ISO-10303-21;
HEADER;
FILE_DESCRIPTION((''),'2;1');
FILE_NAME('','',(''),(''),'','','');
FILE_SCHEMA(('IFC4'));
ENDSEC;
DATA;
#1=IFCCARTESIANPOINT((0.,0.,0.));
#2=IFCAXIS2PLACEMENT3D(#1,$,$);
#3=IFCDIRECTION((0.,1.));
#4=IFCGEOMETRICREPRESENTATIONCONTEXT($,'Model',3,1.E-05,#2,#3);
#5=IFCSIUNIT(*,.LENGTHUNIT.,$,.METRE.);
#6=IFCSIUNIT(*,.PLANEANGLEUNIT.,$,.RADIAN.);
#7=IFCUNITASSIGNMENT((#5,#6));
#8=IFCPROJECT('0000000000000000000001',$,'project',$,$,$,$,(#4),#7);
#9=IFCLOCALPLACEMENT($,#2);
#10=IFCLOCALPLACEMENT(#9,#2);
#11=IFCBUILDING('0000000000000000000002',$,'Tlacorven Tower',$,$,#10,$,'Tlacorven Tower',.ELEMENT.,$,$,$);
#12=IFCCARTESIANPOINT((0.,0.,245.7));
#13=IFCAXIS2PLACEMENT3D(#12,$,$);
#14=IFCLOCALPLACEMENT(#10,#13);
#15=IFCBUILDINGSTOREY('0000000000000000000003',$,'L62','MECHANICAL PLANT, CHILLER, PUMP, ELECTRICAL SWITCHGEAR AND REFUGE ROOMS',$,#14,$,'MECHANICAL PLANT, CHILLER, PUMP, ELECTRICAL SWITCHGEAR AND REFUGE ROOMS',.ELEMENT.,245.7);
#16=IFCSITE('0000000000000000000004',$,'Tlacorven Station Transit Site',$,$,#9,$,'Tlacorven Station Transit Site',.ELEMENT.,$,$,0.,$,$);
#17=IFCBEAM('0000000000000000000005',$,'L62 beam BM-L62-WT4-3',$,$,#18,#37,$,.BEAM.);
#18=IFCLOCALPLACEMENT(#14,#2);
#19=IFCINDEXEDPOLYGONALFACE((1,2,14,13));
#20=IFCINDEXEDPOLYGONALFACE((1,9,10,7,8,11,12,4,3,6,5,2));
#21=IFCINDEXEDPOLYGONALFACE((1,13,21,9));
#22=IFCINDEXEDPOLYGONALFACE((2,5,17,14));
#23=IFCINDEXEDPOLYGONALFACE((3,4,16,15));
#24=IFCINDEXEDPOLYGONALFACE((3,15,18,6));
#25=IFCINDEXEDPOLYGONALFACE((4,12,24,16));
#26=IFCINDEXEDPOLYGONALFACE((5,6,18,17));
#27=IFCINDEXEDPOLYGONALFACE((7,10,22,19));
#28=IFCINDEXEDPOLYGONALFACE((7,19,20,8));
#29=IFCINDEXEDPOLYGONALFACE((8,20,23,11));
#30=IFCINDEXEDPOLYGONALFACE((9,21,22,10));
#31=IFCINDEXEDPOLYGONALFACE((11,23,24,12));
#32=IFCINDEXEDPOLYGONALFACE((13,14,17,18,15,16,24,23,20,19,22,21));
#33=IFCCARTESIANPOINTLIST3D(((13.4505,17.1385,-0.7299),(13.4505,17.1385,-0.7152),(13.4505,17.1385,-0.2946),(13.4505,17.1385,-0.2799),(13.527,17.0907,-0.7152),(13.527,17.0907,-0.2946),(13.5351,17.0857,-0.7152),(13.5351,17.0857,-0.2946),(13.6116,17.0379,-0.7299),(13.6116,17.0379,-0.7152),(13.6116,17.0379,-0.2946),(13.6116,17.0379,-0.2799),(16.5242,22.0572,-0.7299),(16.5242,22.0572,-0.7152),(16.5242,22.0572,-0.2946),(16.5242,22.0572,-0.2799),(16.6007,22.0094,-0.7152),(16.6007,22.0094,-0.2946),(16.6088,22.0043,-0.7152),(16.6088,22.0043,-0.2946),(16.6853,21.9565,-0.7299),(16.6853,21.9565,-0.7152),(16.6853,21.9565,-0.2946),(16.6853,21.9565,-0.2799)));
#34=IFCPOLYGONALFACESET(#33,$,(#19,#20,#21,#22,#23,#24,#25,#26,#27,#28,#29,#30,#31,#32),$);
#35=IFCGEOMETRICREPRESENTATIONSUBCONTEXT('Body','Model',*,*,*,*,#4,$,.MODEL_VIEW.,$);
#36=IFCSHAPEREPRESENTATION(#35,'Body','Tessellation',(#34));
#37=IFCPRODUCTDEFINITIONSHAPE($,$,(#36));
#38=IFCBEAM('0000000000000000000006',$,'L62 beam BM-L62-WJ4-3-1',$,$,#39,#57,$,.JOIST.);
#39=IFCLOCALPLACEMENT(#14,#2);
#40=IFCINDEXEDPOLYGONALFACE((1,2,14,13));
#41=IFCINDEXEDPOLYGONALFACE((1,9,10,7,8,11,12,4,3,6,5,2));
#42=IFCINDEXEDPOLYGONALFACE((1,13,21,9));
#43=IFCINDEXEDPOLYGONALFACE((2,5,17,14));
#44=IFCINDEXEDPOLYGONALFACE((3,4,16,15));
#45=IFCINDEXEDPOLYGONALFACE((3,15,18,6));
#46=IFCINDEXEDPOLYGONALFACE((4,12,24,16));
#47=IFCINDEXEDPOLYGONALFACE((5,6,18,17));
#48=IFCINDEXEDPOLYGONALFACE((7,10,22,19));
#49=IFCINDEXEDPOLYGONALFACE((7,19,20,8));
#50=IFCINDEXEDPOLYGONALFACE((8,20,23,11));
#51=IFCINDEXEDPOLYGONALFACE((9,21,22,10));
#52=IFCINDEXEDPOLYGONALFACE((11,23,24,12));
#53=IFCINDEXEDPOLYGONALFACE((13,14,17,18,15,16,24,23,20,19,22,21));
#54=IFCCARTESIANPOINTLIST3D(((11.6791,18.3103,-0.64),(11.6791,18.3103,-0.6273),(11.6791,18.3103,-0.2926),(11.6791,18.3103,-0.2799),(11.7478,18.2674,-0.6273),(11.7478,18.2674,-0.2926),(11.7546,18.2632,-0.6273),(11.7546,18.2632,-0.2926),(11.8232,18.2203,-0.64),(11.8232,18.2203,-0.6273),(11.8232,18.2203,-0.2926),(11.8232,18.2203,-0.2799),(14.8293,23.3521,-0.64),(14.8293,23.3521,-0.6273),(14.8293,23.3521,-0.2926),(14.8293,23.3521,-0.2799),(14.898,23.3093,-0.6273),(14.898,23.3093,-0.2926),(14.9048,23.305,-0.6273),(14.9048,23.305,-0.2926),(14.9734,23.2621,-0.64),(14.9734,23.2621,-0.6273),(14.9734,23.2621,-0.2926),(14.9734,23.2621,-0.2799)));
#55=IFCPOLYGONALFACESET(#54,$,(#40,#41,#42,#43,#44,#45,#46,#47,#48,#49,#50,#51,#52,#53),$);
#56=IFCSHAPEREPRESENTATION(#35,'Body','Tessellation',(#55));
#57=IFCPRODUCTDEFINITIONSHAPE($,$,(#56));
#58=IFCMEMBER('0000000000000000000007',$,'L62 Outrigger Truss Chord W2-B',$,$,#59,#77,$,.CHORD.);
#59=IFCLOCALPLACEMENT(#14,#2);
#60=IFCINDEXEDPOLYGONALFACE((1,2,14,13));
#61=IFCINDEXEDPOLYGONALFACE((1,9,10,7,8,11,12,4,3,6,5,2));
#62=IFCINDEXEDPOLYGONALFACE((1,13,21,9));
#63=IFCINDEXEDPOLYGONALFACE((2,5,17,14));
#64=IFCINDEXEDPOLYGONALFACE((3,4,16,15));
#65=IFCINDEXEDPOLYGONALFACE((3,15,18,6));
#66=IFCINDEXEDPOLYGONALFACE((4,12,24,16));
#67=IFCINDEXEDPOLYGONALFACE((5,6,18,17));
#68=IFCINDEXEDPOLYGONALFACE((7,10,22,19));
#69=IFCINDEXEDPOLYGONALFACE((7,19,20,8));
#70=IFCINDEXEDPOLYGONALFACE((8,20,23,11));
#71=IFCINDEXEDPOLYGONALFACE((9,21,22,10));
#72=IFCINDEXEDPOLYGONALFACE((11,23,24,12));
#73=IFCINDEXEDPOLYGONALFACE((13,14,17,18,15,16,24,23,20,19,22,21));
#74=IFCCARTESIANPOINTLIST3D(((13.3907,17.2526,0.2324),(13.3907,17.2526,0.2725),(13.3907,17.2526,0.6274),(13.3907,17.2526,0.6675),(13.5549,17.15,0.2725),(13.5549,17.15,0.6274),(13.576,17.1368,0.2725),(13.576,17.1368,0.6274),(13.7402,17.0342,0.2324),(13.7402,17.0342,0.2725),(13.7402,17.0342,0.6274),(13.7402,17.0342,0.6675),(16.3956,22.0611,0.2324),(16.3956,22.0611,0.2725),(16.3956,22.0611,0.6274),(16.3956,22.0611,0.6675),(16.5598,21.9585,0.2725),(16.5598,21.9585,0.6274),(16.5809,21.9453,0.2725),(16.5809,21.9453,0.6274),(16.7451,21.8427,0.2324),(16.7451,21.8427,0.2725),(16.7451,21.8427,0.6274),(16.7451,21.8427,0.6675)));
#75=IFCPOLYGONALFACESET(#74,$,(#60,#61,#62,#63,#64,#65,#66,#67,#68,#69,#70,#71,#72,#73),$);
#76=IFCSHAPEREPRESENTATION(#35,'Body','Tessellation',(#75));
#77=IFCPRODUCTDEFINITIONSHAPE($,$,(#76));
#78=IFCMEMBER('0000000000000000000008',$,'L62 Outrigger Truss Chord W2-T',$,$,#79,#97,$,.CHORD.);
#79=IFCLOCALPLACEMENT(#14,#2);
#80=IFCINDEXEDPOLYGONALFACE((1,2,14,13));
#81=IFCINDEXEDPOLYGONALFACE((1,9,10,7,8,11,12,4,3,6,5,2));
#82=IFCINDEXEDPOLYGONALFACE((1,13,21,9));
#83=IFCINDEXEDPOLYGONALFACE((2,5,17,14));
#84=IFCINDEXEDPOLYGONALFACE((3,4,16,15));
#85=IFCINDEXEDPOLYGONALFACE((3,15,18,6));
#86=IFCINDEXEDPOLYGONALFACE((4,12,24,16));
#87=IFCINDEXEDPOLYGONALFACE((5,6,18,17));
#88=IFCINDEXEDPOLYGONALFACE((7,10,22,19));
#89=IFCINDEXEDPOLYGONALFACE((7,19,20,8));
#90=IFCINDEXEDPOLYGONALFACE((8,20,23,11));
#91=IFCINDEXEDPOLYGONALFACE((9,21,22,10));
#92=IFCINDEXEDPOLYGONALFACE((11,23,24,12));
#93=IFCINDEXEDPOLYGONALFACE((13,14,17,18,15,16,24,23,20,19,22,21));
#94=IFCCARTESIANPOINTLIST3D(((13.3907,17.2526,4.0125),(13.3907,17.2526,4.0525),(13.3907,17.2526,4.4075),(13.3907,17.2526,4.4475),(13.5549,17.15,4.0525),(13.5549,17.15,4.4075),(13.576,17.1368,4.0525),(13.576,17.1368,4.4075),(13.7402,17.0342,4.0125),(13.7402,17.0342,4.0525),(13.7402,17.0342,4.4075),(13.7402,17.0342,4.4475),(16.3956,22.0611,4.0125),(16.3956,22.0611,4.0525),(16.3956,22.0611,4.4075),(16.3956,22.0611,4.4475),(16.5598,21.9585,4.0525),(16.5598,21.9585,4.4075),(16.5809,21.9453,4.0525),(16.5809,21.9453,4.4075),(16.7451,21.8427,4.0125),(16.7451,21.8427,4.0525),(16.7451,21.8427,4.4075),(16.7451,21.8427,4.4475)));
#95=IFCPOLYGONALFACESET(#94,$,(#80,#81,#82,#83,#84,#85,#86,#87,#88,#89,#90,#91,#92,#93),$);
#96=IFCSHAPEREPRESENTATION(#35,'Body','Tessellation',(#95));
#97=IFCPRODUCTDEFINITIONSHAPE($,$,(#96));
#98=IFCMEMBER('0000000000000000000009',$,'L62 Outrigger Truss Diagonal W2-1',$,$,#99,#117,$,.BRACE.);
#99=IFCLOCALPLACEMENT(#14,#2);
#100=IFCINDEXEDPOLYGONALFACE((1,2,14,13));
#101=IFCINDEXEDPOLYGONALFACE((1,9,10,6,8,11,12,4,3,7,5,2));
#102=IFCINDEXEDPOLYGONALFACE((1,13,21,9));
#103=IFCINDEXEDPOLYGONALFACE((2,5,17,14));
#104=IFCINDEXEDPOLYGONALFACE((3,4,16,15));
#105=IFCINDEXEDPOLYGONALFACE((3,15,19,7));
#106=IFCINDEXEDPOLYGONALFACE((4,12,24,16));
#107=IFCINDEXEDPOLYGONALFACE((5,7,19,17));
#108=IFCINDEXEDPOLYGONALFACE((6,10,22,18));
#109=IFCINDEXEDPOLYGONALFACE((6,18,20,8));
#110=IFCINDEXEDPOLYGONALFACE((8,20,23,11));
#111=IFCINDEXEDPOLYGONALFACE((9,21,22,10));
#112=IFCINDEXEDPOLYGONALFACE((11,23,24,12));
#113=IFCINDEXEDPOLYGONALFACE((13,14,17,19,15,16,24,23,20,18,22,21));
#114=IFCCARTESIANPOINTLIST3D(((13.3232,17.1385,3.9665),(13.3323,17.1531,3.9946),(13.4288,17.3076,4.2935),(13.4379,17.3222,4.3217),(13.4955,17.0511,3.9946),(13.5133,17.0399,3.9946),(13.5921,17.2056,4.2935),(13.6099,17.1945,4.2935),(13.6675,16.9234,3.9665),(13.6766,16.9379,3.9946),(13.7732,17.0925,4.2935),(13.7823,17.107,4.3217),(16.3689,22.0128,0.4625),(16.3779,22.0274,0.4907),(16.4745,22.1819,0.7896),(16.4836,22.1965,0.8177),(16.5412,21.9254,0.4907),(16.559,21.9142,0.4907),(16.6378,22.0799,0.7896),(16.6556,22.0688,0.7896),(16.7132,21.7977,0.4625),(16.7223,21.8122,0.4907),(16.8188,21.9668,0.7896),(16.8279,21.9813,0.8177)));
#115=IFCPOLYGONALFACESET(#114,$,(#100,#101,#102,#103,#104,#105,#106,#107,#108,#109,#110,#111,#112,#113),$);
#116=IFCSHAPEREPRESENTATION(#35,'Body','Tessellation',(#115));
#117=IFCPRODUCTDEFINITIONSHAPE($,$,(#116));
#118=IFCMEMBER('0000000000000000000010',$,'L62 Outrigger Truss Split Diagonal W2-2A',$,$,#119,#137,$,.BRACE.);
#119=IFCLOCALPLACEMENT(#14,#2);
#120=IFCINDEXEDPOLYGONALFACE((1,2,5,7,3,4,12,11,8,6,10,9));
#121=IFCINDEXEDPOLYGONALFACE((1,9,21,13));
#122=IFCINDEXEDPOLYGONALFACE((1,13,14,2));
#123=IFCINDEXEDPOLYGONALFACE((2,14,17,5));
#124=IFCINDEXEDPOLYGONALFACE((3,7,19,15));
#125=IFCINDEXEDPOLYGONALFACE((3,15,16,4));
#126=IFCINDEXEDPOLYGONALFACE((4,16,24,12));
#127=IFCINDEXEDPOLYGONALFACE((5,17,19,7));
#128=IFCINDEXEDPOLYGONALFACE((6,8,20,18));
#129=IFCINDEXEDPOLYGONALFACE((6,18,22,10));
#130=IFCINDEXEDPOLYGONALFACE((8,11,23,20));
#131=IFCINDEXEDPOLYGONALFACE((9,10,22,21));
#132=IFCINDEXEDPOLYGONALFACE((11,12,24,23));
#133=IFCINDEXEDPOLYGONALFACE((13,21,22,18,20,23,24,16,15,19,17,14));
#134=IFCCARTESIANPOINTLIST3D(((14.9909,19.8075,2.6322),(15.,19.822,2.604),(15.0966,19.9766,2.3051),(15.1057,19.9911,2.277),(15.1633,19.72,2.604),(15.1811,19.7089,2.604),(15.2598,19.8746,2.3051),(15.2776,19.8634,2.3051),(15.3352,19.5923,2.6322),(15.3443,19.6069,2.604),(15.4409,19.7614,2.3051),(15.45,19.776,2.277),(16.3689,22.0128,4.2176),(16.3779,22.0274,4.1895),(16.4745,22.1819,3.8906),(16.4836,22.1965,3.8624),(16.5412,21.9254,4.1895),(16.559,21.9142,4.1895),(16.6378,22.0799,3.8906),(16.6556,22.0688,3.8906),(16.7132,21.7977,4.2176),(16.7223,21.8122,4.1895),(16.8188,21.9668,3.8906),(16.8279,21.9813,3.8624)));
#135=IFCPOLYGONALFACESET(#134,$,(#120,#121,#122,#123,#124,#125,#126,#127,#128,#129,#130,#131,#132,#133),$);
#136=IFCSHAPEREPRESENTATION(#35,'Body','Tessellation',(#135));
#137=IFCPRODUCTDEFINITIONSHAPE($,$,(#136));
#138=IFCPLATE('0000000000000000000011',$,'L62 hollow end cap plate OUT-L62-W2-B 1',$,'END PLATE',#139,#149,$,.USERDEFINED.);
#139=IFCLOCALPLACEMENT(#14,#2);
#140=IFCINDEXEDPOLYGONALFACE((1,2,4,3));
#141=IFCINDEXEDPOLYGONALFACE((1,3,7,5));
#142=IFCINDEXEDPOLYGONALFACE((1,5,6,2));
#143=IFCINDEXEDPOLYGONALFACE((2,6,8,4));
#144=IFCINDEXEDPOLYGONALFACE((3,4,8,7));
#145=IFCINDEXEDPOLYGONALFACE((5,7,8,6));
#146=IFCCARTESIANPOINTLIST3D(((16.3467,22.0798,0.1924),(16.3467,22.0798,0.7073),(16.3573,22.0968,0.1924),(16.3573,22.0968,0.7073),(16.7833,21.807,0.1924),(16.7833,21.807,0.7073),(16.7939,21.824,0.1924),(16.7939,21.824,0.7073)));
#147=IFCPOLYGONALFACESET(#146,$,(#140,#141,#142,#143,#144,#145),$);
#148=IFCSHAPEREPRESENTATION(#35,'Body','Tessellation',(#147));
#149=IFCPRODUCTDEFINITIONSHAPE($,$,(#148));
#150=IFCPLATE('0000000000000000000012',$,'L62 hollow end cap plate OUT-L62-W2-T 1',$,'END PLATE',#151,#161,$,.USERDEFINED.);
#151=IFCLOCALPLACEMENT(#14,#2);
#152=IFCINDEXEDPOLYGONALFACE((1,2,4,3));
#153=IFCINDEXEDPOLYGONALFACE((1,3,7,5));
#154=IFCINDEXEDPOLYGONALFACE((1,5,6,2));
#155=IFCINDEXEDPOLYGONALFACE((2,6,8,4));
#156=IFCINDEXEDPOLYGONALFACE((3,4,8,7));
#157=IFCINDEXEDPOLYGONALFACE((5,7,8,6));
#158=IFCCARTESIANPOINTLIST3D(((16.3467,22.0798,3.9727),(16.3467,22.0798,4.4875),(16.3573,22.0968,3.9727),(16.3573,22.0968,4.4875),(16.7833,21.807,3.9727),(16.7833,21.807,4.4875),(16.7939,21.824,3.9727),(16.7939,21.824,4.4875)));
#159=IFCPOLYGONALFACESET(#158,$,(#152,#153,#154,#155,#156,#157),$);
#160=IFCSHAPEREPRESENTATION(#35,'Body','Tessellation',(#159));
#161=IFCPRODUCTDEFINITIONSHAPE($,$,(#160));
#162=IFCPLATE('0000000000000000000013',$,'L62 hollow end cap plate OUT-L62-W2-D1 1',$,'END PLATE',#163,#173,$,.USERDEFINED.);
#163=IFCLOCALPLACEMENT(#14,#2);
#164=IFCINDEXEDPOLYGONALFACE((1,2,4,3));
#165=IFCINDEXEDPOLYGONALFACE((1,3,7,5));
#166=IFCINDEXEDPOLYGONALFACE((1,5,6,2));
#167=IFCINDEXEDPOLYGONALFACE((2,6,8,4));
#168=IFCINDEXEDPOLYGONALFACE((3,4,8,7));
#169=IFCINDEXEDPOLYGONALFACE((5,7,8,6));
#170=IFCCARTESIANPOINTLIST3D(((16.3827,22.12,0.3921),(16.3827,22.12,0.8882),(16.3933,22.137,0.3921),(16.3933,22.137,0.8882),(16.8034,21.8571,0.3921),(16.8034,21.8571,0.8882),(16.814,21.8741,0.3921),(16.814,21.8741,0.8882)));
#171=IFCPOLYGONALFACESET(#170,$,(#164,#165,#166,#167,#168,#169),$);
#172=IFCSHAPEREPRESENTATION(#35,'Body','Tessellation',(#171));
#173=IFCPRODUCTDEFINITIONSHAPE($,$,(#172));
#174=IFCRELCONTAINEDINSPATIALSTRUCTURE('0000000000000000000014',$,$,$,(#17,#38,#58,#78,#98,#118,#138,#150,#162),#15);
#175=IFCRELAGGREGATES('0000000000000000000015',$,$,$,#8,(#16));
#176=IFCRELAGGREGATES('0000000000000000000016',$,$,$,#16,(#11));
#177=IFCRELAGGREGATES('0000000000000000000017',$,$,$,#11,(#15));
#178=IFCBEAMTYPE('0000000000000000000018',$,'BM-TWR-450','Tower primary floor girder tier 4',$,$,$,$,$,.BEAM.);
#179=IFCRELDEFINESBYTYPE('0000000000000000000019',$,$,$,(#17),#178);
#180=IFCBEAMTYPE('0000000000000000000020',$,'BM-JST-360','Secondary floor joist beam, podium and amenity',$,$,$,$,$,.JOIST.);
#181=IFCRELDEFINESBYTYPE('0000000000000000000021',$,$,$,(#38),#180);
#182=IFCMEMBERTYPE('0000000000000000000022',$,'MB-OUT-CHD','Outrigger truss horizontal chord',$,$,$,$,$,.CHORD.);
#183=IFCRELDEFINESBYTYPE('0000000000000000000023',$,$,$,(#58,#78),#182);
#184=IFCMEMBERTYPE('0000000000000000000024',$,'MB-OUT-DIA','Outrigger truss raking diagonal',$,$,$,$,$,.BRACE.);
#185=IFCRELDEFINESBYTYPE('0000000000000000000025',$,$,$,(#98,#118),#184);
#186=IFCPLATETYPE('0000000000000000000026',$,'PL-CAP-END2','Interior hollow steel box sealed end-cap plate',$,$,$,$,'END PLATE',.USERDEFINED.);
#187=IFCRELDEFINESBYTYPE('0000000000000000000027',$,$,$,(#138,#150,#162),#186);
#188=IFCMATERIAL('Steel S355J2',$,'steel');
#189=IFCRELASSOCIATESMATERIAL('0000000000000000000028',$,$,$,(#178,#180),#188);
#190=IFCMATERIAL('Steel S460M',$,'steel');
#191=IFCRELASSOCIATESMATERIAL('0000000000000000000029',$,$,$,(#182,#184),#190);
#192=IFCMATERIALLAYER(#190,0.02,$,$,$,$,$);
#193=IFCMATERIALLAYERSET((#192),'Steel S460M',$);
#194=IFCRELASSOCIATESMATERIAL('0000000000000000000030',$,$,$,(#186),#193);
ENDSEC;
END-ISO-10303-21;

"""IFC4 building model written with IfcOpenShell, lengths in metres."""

from ifc_helpers import new_model, si_unit, direction, frame, origin, origin_2d, place, context, subcontext, project, spatial, rectangle, i_section, extrude, source, transform, mapped, material, layer, layer_set, material_profile, profile_set, type_object, element, save


model = new_model("IFC4")

# Units and contexts
model_context = context("Model", 3, precision=1e-05, world=origin(), true_north=direction((0.0, 1.0)))
body_context = subcontext(model_context, "Body", "Model", "MODEL_VIEW")
ifc_project = project(units=[si_unit("LENGTHUNIT", "METRE"), si_unit("PLANEANGLEUNIT", "RADIAN")], contexts=[model_context])

# Site, building, storey
site_placement = place(None, origin())
site = spatial("IfcSite", under=ifc_project, at=site_placement, Name="Tlacorven Station Transit Site", LongName="Tlacorven Station Transit Site", CompositionType="ELEMENT", RefElevation=0.0)
building_placement = place(site_placement, origin())
building = spatial("IfcBuilding", under=site, at=building_placement, Name="Tlacorven Tower", LongName="Tlacorven Tower", CompositionType="ELEMENT")
storey_placement = place(building_placement, frame((0.0, 0.0, 245.7)))
storey = spatial("IfcBuildingStorey", under=building, at=storey_placement, Name="L62", Description="MECHANICAL PLANT, CHILLER, PUMP, ELECTRICAL SWITCHGEAR AND REFUGE ROOMS", LongName="MECHANICAL PLANT, CHILLER, PUMP, ELECTRICAL SWITCHGEAR AND REFUGE ROOMS", CompositionType="ELEMENT", Elevation=245.7)

# Shared definitions
ifc_material_1 = material(Name="Steel S355J2", Category="steel")

# Shared definitions
ifc_material_2 = material(Name="Steel S460M", Category="steel")

# Beams
ifc_material_profile_1 = material_profile(ifc_material_1, i_section(OverallWidth=0.1899, OverallDepth=0.45, WebThickness=0.0095, FlangeThickness=0.0146, at=origin_2d()), Name="IPE 450")
ifc_profile_set_1 = profile_set([ifc_material_profile_1], Name="Steel S355J2")
beam_type_1 = type_object("IfcBeamType", Name="BM-TWR-450", Description="Tower primary floor girder tier 4", PredefinedType="BEAM", material=ifc_profile_set_1)
shared_shape_1 = source(origin(), body_context, "Body", "SweptSolid", [
    extrude(i_section(OverallWidth=0.1899, OverallDepth=0.45, WebThickness=0.0095, FlangeThickness=0.0146, at=origin_2d()), origin(), (0.0, 0.0, 1.0), 5.8),
])
for number, where, z_axis, x_axis, name in (
    (1, (16.6047, 22.0068, -0.5049), (-0.529942, -0.848034, 0.0), (0.848034, -0.529942, 0.0), "L62 beam BM-L62-WT4-3"),
):
    element("IfcBeam", number, at=place(storey_placement, frame(where, z_axis=z_axis, x_axis=x_axis)), inside=storey, type_object=beam_type_1, Name=name, PredefinedType="BEAM", context=body_context, shape_type="MappedRepresentation", body=[
        mapped(shared_shape_1, transform((0.0, 0.0, 0.0), scale=1.0)),
    ])
ifc_material_profile_2 = material_profile(ifc_material_1, i_section(OverallWidth=0.1699, OverallDepth=0.3601, WebThickness=0.0081, FlangeThickness=0.0127, at=origin_2d()), Name="IPE 360")
ifc_profile_set_2 = profile_set([ifc_material_profile_2], Name="Steel S355J2")
beam_type_2 = type_object("IfcBeamType", Name="BM-JST-360", Description="Secondary floor joist beam, podium and amenity", PredefinedType="JOIST", material=ifc_profile_set_2)
shared_shape_2 = source(origin(), body_context, "Body", "SweptSolid", [
    extrude(i_section(OverallWidth=0.1699, OverallDepth=0.3601, WebThickness=0.0081, FlangeThickness=0.0127, at=origin_2d()), origin(), (0.0, 0.0, 1.0), 5.9451),
])
beam_1_placement = place(storey_placement, frame((14.9014, 23.3071, -0.46), z_axis=(-0.529885, -0.84807, 0.0), x_axis=(0.84807, -0.529885, 0.0)))
element("IfcBeam", 2, at=beam_1_placement, inside=storey, type_object=beam_type_2, Name="L62 beam BM-L62-WJ4-3-1", PredefinedType="JOIST", context=body_context, shape_type="MappedRepresentation", body=[
    mapped(shared_shape_2, transform((0.0, 0.0, 0.0), scale=1.0)),
])

# Members
ifc_material_profile_3 = material_profile(ifc_material_2, i_section(OverallWidth=0.4121, OverallDepth=0.4351, WebThickness=0.0249, FlangeThickness=0.04, at=origin_2d()), Name="HD 400X463")
ifc_profile_set_3 = profile_set([ifc_material_profile_3], Name="Steel S460M")
member_type_1 = type_object("IfcMemberType", Name="MB-OUT-CHD", Description="Outrigger truss horizontal chord", PredefinedType="CHORD", material=ifc_profile_set_3)
shared_shape_3 = source(origin(), body_context, "Body", "SweptSolid", [
    extrude(i_section(OverallWidth=0.4121, OverallDepth=0.4351, WebThickness=0.0249, FlangeThickness=0.04, at=origin_2d()), origin(), (0.0, 0.0, 1.0), 5.6702),
])
for number, where, z_axis, x_axis, name in (
    (3, (16.5703, 21.9519, 0.45), (-0.529937, -0.848037, 0.0), (0.848037, -0.529937, 0.0), "L62 Outrigger Truss Chord W2-B"),
    (4, (16.5703, 21.9519, 4.23), (-0.529937, -0.848037, 0.0), (0.848037, -0.529937, 0.0), "L62 Outrigger Truss Chord W2-T"),
):
    element("IfcMember", number, at=place(storey_placement, frame(where, z_axis=z_axis, x_axis=x_axis)), inside=storey, type_object=member_type_1, Name=name, PredefinedType="CHORD", context=body_context, shape_type="MappedRepresentation", body=[
        mapped(shared_shape_3, transform((0.0, 0.0, 0.0), scale=1.0)),
    ])
ifc_material_profile_4 = material_profile(ifc_material_2, i_section(OverallWidth=0.406, OverallDepth=0.416, WebThickness=0.021, FlangeThickness=0.033, at=origin_2d()), Name="HD 400X382")
ifc_profile_set_4 = profile_set([ifc_material_profile_4], Name="Steel S460M")
member_type_2 = type_object("IfcMemberType", Name="MB-OUT-DIA", Description="Outrigger truss raking diagonal", PredefinedType="BRACE", material=ifc_profile_set_4)
shared_shape_4 = source(origin(), body_context, "Body", "SweptSolid", [
    extrude(i_section(OverallWidth=0.406, OverallDepth=0.416, WebThickness=0.021, FlangeThickness=0.033, at=origin_2d()), origin(), (0.0, 0.0, 1.0), 6.7314),
])
member_1_placement = place(storey_placement, frame((16.5984, 21.9971, 0.6401), z_axis=(-0.452454, -0.724108, 0.520531), x_axis=(0.848058, -0.529903, 0.0)))
element("IfcMember", 5, at=member_1_placement, inside=storey, type_object=member_type_2, Name="L62 Outrigger Truss Diagonal W2-1", PredefinedType="BRACE", context=body_context, shape_type="MappedRepresentation", body=[
    mapped(shared_shape_4, transform((0.0, 0.0, 0.0), scale=1.0)),
])
shared_shape_5 = source(origin(), body_context, "Body", "SweptSolid", [
    extrude(i_section(OverallWidth=0.406, OverallDepth=0.416, WebThickness=0.021, FlangeThickness=0.033, at=origin_2d()), origin(), (0.0, 0.0, 1.0), 3.0457),
])
member_2_placement = place(storey_placement, frame((16.5984, 21.9971, 4.04), z_axis=(-0.45243, -0.724097, -0.520567), x_axis=(0.848067, -0.529889, 0.0)))
element("IfcMember", 6, at=member_2_placement, inside=storey, type_object=member_type_2, Name="L62 Outrigger Truss Split Diagonal W2-2A", PredefinedType="BRACE", context=body_context, shape_type="MappedRepresentation", body=[
    mapped(shared_shape_5, transform((0.0, 0.0, 0.0), scale=1.0)),
])

# Plates
ifc_layer_1 = layer(ifc_material_2, 0.02)
ifc_layer_set_1 = layer_set([ifc_layer_1], Name="Steel S460M")
plate_type_1 = type_object("IfcPlateType", Name="PL-CAP-END2", Description="Interior hollow steel box sealed end-cap plate", ElementType="END PLATE", PredefinedType="USERDEFINED", material=ifc_layer_set_1)
shared_shape_6 = source(origin(), body_context, "Body", "SweptSolid", [
    extrude(rectangle(XDim=0.02, YDim=0.5149, at=origin_2d()), origin(), (0.0, 0.0, 1.0), 0.5149),
])
for number, where, z_axis, x_axis, name in (
    (7, (16.5703, 21.9519, 0.1924), (0.0, 0.0, 1.0), (-0.529919, -0.848048, 0.0), "L62 hollow end cap plate OUT-L62-W2-B 1"),
    (8, (16.5703, 21.9519, 3.9727), (0.0, 0.0, 1.0), (-0.529919, -0.848048, 0.0), "L62 hollow end cap plate OUT-L62-W2-T 1"),
):
    element("IfcPlate", number, at=place(storey_placement, frame(where, z_axis=z_axis, x_axis=x_axis)), inside=storey, type_object=plate_type_1, Name=name, ObjectType="END PLATE", PredefinedType="USERDEFINED", context=body_context, shape_type="MappedRepresentation", body=[
        mapped(shared_shape_6, transform((0.0, 0.0, 0.0), scale=1.0)),
    ])
shared_shape_7 = source(origin(), body_context, "Body", "SweptSolid", [
    extrude(rectangle(XDim=0.02, YDim=0.4961, at=origin_2d()), origin(), (0.0, 0.0, 1.0), 0.4961),
])
for number, where, z_axis, x_axis, name in (
    (9, (16.5984, 21.9971, 0.3921), (0.0, 0.0, 1.0), (-0.529919, -0.848048, 0.0), "L62 hollow end cap plate OUT-L62-W2-D1 1"),
):
    element("IfcPlate", number, at=place(storey_placement, frame(where, z_axis=z_axis, x_axis=x_axis)), inside=storey, type_object=plate_type_1, Name=name, ObjectType="END PLATE", PredefinedType="USERDEFINED", context=body_context, shape_type="MappedRepresentation", body=[
        mapped(shared_shape_7, transform((0.0, 0.0, 0.0), scale=1.0)),
    ])

save(model, "model.ifc")
